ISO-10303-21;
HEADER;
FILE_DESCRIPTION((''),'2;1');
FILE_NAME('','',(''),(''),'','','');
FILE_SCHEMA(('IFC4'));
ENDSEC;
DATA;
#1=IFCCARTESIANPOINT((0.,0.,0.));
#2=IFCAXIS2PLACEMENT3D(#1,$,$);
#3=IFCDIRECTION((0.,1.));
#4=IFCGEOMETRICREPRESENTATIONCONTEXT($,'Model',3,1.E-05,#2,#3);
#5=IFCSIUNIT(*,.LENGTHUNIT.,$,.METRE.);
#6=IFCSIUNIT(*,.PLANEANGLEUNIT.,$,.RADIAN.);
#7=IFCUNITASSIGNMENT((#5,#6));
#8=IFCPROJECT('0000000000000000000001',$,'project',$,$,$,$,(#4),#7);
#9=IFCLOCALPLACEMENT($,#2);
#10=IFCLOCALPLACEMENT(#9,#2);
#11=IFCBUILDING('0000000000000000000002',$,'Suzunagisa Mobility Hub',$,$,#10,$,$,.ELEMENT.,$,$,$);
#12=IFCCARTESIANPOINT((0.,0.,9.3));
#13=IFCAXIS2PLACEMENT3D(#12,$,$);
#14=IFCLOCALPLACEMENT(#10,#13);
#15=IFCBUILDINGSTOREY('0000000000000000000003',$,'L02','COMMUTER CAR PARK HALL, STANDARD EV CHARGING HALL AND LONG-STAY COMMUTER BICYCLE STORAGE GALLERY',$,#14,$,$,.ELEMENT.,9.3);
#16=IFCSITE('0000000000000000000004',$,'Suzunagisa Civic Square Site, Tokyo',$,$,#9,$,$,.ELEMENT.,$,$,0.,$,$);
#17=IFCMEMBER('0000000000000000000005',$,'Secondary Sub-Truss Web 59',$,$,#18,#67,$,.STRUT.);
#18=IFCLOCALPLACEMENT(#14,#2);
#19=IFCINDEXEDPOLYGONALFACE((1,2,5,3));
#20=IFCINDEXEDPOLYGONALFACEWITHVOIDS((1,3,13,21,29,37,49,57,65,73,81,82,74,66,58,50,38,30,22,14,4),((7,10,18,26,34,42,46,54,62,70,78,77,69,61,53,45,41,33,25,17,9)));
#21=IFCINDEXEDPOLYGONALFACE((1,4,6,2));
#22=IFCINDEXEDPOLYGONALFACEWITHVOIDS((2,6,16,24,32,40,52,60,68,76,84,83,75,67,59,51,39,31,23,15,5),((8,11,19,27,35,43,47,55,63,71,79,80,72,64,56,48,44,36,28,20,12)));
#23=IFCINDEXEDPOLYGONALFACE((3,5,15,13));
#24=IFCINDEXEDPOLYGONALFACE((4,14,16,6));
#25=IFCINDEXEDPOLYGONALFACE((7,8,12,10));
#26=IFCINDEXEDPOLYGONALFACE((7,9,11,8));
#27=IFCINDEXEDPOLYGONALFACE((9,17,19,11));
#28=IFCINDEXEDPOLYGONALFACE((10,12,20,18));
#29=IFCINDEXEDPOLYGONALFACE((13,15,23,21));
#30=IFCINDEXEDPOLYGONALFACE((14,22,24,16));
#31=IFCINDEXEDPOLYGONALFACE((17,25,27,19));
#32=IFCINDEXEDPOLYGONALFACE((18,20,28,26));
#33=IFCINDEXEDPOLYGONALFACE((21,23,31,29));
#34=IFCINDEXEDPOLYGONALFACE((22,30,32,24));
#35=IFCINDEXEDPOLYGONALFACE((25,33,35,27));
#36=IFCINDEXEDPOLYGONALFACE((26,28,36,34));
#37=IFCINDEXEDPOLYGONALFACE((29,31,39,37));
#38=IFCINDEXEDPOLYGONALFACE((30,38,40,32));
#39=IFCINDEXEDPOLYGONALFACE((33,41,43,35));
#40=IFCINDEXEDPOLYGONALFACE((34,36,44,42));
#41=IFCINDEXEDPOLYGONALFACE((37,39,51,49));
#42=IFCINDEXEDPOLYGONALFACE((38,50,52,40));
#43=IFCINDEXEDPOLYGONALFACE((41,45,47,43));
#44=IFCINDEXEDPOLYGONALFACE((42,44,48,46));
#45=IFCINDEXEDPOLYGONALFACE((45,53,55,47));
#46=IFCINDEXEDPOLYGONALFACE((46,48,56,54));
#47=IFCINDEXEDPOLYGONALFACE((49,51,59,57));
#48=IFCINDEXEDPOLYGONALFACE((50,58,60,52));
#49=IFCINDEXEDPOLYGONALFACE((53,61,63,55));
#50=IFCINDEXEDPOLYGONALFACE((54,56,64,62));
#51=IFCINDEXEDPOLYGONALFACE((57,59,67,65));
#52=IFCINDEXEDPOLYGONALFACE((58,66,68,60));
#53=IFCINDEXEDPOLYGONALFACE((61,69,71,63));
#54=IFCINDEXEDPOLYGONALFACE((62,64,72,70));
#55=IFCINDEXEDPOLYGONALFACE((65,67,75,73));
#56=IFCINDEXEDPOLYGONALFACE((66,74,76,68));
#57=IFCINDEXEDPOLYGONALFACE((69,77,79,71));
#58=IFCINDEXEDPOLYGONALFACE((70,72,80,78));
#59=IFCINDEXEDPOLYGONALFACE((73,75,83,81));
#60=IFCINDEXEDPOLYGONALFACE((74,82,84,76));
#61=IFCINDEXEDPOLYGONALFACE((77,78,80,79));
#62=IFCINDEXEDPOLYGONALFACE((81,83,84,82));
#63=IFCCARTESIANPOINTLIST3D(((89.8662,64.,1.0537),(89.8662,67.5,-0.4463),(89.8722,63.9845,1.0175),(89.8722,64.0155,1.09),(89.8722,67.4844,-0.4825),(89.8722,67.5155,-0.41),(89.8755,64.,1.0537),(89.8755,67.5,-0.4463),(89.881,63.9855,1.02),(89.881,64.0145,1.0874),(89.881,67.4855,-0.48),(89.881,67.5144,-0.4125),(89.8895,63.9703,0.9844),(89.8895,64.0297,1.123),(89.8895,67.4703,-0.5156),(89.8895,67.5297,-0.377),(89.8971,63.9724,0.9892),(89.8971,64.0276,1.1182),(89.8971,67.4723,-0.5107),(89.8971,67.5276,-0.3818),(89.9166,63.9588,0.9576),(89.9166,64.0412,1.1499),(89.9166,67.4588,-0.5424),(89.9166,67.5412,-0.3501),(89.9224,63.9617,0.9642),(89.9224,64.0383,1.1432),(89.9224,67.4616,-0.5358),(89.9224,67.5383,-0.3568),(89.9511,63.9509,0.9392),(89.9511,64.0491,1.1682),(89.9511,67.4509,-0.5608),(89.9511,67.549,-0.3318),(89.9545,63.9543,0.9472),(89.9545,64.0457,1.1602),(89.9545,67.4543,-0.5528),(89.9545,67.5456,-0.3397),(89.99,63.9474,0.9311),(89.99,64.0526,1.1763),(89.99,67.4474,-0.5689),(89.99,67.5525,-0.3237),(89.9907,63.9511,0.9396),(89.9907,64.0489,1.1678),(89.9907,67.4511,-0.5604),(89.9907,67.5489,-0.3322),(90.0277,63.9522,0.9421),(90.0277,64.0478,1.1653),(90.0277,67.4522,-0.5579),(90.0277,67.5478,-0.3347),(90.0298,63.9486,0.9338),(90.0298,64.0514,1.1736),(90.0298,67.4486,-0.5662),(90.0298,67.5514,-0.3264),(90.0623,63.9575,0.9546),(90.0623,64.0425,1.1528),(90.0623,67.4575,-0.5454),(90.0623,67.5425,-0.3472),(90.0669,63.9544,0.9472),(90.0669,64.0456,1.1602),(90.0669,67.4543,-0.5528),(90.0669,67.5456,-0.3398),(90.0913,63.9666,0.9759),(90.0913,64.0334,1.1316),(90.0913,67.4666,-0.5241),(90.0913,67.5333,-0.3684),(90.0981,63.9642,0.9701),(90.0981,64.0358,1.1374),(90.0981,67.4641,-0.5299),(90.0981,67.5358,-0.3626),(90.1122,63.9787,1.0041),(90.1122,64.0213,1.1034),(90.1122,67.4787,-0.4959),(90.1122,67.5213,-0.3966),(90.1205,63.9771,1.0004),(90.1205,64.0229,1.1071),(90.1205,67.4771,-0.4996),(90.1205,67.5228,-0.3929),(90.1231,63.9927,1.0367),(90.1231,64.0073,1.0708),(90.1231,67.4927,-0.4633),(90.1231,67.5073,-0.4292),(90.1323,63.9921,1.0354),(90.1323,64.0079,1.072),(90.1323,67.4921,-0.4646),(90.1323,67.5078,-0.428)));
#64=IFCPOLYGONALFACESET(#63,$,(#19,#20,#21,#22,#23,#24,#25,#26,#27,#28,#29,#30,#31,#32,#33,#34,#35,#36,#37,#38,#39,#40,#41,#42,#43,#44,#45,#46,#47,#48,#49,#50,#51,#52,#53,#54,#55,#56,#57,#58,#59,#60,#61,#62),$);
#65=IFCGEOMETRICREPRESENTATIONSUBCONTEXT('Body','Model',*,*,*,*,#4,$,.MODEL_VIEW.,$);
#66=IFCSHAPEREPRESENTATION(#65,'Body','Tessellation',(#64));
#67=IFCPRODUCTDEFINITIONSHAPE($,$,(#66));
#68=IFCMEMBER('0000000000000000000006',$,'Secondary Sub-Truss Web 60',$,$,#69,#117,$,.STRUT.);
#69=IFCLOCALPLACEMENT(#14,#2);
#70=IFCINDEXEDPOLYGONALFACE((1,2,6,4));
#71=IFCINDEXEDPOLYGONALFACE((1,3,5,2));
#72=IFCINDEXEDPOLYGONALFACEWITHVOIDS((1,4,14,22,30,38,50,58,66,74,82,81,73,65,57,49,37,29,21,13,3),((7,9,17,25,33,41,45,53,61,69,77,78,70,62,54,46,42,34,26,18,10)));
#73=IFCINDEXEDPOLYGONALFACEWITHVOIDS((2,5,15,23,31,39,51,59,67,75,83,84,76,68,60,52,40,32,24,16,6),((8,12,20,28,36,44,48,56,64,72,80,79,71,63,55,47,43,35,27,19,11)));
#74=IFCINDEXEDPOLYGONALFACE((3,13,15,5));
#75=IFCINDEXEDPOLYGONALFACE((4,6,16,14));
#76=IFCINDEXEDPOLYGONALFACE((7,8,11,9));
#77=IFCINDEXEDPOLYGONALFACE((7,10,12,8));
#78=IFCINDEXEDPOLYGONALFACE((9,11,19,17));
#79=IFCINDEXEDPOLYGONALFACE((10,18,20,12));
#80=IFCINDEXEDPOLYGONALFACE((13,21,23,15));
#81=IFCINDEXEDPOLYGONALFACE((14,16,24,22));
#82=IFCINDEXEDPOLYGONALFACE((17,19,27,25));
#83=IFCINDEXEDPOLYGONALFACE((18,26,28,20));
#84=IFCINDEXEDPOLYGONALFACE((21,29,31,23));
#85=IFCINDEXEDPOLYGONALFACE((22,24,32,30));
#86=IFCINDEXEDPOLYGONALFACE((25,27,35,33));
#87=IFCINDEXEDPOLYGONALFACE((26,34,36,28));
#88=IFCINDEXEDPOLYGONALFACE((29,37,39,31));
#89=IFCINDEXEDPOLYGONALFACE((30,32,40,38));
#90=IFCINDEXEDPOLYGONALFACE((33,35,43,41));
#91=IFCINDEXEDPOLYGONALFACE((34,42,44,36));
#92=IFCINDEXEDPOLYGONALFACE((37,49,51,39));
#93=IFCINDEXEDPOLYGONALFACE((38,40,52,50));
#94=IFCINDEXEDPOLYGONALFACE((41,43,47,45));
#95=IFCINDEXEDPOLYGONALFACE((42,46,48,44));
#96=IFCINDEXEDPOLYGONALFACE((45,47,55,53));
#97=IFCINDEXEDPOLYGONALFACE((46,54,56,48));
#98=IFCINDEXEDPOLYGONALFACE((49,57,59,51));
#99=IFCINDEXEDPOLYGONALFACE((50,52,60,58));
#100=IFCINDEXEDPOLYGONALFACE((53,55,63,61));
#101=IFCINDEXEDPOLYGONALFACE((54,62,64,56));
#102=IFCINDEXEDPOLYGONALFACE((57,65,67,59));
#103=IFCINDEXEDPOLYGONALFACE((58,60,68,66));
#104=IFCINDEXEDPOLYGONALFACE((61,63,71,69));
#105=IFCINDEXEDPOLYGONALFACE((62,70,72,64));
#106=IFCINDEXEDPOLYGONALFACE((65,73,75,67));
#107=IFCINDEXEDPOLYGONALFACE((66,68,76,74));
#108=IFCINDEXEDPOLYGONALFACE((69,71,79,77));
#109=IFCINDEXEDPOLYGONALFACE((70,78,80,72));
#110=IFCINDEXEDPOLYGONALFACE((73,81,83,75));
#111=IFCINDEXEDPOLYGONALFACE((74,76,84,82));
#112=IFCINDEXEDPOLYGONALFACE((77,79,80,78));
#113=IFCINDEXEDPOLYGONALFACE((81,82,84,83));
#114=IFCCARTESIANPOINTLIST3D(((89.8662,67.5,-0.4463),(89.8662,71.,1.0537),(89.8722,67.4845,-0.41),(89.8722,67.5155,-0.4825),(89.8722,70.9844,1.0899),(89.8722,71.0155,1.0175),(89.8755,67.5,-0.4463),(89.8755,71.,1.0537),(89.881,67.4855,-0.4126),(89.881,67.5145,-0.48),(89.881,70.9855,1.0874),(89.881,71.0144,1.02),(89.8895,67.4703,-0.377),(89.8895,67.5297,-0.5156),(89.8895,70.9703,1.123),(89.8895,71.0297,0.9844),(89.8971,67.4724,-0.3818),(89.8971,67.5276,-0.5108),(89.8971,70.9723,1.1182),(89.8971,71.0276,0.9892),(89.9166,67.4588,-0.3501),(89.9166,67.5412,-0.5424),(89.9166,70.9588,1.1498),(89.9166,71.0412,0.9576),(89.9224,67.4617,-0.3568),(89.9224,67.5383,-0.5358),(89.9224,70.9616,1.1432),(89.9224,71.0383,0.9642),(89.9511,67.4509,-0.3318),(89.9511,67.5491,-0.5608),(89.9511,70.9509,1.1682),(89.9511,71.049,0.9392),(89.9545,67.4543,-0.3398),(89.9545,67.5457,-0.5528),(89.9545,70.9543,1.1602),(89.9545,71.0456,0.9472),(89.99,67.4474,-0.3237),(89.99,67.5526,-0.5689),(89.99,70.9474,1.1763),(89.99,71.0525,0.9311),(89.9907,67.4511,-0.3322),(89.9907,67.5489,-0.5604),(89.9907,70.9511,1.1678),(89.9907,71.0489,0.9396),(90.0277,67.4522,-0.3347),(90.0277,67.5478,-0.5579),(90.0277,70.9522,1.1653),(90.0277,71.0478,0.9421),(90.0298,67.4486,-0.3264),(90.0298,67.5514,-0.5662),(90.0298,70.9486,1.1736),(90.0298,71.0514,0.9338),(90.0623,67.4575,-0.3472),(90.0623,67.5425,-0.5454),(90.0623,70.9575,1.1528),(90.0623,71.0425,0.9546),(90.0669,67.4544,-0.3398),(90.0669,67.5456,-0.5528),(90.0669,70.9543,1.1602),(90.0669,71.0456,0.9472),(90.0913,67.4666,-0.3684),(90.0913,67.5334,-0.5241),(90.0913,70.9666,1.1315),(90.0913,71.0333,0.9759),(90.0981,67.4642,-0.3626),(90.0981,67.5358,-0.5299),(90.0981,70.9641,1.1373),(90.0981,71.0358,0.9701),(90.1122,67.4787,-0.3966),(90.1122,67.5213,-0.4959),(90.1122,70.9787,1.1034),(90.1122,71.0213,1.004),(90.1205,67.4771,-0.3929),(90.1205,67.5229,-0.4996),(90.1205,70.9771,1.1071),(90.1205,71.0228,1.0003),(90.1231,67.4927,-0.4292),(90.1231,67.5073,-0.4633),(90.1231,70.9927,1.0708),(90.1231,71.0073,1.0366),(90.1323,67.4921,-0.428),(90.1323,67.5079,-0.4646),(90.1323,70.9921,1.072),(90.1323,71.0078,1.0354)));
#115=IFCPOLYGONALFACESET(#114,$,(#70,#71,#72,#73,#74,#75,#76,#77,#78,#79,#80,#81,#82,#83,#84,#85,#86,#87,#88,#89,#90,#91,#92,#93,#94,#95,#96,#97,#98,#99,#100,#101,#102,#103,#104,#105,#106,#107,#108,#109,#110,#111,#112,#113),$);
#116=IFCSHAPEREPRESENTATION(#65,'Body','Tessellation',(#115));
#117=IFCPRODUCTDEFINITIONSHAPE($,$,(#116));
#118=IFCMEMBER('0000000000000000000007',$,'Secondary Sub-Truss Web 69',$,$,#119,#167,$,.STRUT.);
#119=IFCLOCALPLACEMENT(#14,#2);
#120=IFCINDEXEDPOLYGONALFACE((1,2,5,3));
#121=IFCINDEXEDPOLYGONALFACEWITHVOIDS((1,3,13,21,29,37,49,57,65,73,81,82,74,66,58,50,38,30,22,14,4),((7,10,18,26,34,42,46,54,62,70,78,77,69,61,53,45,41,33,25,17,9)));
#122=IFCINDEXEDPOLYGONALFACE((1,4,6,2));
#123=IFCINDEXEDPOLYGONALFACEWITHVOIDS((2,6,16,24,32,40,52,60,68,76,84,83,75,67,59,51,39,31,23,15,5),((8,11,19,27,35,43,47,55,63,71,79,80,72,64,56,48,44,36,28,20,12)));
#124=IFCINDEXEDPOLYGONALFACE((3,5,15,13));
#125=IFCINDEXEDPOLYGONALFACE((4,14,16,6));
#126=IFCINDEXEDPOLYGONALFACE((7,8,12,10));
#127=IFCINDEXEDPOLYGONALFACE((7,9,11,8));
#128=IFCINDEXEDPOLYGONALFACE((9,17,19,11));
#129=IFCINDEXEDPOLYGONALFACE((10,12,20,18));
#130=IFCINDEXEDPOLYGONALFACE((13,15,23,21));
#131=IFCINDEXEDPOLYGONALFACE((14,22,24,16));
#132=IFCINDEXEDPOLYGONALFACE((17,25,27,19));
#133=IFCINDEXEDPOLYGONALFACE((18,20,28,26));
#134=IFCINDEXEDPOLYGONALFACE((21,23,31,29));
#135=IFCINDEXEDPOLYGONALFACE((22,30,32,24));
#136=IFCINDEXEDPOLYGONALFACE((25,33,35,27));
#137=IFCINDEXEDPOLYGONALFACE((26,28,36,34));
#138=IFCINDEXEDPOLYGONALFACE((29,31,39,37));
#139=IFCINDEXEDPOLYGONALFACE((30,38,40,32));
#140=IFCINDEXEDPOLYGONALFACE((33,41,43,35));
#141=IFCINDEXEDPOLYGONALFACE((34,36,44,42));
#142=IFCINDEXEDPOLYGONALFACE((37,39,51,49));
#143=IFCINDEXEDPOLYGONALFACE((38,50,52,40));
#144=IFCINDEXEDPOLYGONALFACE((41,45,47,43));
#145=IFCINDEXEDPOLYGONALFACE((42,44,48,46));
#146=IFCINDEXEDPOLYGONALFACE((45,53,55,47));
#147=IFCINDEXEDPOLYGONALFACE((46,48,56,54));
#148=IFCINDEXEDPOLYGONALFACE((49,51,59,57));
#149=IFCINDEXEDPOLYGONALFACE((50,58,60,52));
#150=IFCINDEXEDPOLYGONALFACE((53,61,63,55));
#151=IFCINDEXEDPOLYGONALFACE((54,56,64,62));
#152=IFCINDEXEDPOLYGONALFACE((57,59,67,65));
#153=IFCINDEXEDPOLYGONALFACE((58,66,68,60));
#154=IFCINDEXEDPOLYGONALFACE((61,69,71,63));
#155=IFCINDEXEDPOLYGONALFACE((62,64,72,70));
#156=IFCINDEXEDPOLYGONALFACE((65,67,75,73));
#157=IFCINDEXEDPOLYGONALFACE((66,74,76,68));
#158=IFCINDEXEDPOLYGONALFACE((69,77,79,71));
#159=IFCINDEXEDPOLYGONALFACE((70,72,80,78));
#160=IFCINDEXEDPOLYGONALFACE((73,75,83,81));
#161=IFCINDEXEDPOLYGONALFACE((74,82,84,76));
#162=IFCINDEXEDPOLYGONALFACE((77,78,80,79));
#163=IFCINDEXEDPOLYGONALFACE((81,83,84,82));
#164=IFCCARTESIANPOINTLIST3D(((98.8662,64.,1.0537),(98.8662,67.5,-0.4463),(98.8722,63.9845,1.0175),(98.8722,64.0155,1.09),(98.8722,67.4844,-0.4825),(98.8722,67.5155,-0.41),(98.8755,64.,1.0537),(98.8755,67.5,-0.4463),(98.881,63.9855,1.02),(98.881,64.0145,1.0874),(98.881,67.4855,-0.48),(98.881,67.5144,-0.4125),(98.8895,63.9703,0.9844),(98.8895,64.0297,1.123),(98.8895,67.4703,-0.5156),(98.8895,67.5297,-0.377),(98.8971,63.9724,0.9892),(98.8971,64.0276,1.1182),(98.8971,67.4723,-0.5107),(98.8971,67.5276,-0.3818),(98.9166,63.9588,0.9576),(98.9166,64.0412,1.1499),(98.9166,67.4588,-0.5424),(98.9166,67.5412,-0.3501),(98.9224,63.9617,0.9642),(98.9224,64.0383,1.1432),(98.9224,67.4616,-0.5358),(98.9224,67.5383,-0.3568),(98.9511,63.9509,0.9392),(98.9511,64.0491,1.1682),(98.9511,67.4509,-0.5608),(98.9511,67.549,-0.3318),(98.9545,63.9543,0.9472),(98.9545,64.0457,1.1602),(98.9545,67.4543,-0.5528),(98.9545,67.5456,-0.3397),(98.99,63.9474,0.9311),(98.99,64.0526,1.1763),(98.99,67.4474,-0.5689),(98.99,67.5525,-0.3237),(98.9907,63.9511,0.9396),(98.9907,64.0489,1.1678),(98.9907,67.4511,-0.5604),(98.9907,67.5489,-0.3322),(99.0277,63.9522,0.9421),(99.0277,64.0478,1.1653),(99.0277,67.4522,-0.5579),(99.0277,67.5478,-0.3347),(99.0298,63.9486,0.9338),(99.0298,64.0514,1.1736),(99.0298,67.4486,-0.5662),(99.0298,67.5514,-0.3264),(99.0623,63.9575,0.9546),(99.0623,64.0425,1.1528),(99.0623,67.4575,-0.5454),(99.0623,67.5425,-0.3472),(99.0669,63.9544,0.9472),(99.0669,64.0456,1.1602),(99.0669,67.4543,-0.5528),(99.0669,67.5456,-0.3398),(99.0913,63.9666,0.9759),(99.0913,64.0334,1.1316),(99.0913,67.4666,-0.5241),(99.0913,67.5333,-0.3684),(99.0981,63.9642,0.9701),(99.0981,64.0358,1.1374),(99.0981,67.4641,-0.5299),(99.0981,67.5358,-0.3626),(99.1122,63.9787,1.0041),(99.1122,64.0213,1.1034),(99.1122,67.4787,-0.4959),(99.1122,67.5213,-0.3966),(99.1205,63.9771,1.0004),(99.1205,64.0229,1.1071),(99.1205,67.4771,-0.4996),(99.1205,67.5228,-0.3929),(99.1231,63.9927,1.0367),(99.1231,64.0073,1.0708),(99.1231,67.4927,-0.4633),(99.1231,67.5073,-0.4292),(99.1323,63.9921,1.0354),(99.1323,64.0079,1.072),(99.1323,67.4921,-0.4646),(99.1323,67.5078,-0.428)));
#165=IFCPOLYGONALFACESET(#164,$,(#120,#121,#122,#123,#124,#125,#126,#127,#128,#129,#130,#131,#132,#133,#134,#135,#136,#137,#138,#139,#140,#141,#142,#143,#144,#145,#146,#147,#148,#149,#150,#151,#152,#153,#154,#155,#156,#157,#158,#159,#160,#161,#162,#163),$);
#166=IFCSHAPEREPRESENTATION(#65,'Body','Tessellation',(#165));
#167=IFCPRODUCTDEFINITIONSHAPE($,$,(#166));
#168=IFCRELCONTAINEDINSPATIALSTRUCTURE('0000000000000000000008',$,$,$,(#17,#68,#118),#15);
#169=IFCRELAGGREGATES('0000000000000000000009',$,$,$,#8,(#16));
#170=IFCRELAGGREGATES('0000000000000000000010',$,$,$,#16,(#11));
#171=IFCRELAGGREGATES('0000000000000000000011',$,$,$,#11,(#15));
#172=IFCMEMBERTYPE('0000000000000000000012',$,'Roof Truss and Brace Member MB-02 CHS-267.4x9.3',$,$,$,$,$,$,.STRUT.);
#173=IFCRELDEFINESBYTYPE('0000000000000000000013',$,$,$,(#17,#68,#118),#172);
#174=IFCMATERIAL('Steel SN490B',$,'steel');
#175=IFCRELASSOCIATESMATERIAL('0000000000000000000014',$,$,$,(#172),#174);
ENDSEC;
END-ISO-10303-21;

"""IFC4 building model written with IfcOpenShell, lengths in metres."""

from ifc_helpers import new_model, si_unit, direction, frame, origin, origin_2d, place, context, subcontext, project, spatial, hollow_circle, extrude, material, material_profile, profile_set, type_object, element, save


model = new_model("IFC4")

# Units and contexts
model_context = context("Model", 3, precision=1e-05, world=origin(), true_north=direction((0.0, 1.0)))
body_context = subcontext(model_context, "Body", "Model", "MODEL_VIEW")
ifc_project = project(units=[si_unit("LENGTHUNIT", "METRE"), si_unit("PLANEANGLEUNIT", "RADIAN")], contexts=[model_context])

# Site, building, storey
site_placement = place(None, origin())
site = spatial("IfcSite", under=ifc_project, at=site_placement, Name="Suzunagisa Civic Square Site, Tokyo", CompositionType="ELEMENT", RefElevation=0.0)
building_placement = place(site_placement, origin())
building = spatial("IfcBuilding", under=site, at=building_placement, Name="Suzunagisa Mobility Hub", CompositionType="ELEMENT")
storey_placement = place(building_placement, frame((0.0, 0.0, 9.3)))
storey = spatial("IfcBuildingStorey", under=building, at=storey_placement, Name="L02", Description="COMMUTER CAR PARK HALL, STANDARD EV CHARGING HALL AND LONG-STAY COMMUTER BICYCLE STORAGE GALLERY", CompositionType="ELEMENT", Elevation=9.3)

# Shared definitions
ifc_material_1 = material(Name="Steel SN490B", Category="steel")

# Members
ifc_material_profile_1 = material_profile(ifc_material_1, hollow_circle(Radius=0.1338, WallThickness=0.0093, at=origin_2d()), Name="CHS-267.4x9.3")
ifc_profile_set_1 = profile_set([ifc_material_profile_1], Name="Steel SN490B")
member_type_1 = type_object("IfcMemberType", Name="Roof Truss and Brace Member MB-02 CHS-267.4x9.3", PredefinedType="STRUT", material=ifc_profile_set_1)
for number, where, z_axis, x_axis, name in (
    (1, (90.0, 64.0, 1.0537), (0.0, 0.919145, -0.393919), (-1.0, 0.0, 0.0), "Secondary Sub-Truss Web 59"),
    (2, (90.0, 67.5, -0.4463), (0.0, 0.919145, 0.393919), (-1.0, 0.0, 0.0), "Secondary Sub-Truss Web 60"),
    (3, (99.0, 64.0, 1.0537), (0.0, 0.919145, -0.393919), (-1.0, 0.0, 0.0), "Secondary Sub-Truss Web 69"),
):
    element("IfcMember", number, at=place(storey_placement, frame(where, z_axis=z_axis, x_axis=x_axis)), inside=storey, type_object=member_type_1, Name=name, PredefinedType="STRUT", context=body_context, shape_type="SweptSolid", body=[
        extrude(hollow_circle(Radius=0.1338, WallThickness=0.0093, at=origin_2d()), origin(), (0.0, 0.0, 1.0), 3.8079),
    ])

save(model, "model.ifc")
